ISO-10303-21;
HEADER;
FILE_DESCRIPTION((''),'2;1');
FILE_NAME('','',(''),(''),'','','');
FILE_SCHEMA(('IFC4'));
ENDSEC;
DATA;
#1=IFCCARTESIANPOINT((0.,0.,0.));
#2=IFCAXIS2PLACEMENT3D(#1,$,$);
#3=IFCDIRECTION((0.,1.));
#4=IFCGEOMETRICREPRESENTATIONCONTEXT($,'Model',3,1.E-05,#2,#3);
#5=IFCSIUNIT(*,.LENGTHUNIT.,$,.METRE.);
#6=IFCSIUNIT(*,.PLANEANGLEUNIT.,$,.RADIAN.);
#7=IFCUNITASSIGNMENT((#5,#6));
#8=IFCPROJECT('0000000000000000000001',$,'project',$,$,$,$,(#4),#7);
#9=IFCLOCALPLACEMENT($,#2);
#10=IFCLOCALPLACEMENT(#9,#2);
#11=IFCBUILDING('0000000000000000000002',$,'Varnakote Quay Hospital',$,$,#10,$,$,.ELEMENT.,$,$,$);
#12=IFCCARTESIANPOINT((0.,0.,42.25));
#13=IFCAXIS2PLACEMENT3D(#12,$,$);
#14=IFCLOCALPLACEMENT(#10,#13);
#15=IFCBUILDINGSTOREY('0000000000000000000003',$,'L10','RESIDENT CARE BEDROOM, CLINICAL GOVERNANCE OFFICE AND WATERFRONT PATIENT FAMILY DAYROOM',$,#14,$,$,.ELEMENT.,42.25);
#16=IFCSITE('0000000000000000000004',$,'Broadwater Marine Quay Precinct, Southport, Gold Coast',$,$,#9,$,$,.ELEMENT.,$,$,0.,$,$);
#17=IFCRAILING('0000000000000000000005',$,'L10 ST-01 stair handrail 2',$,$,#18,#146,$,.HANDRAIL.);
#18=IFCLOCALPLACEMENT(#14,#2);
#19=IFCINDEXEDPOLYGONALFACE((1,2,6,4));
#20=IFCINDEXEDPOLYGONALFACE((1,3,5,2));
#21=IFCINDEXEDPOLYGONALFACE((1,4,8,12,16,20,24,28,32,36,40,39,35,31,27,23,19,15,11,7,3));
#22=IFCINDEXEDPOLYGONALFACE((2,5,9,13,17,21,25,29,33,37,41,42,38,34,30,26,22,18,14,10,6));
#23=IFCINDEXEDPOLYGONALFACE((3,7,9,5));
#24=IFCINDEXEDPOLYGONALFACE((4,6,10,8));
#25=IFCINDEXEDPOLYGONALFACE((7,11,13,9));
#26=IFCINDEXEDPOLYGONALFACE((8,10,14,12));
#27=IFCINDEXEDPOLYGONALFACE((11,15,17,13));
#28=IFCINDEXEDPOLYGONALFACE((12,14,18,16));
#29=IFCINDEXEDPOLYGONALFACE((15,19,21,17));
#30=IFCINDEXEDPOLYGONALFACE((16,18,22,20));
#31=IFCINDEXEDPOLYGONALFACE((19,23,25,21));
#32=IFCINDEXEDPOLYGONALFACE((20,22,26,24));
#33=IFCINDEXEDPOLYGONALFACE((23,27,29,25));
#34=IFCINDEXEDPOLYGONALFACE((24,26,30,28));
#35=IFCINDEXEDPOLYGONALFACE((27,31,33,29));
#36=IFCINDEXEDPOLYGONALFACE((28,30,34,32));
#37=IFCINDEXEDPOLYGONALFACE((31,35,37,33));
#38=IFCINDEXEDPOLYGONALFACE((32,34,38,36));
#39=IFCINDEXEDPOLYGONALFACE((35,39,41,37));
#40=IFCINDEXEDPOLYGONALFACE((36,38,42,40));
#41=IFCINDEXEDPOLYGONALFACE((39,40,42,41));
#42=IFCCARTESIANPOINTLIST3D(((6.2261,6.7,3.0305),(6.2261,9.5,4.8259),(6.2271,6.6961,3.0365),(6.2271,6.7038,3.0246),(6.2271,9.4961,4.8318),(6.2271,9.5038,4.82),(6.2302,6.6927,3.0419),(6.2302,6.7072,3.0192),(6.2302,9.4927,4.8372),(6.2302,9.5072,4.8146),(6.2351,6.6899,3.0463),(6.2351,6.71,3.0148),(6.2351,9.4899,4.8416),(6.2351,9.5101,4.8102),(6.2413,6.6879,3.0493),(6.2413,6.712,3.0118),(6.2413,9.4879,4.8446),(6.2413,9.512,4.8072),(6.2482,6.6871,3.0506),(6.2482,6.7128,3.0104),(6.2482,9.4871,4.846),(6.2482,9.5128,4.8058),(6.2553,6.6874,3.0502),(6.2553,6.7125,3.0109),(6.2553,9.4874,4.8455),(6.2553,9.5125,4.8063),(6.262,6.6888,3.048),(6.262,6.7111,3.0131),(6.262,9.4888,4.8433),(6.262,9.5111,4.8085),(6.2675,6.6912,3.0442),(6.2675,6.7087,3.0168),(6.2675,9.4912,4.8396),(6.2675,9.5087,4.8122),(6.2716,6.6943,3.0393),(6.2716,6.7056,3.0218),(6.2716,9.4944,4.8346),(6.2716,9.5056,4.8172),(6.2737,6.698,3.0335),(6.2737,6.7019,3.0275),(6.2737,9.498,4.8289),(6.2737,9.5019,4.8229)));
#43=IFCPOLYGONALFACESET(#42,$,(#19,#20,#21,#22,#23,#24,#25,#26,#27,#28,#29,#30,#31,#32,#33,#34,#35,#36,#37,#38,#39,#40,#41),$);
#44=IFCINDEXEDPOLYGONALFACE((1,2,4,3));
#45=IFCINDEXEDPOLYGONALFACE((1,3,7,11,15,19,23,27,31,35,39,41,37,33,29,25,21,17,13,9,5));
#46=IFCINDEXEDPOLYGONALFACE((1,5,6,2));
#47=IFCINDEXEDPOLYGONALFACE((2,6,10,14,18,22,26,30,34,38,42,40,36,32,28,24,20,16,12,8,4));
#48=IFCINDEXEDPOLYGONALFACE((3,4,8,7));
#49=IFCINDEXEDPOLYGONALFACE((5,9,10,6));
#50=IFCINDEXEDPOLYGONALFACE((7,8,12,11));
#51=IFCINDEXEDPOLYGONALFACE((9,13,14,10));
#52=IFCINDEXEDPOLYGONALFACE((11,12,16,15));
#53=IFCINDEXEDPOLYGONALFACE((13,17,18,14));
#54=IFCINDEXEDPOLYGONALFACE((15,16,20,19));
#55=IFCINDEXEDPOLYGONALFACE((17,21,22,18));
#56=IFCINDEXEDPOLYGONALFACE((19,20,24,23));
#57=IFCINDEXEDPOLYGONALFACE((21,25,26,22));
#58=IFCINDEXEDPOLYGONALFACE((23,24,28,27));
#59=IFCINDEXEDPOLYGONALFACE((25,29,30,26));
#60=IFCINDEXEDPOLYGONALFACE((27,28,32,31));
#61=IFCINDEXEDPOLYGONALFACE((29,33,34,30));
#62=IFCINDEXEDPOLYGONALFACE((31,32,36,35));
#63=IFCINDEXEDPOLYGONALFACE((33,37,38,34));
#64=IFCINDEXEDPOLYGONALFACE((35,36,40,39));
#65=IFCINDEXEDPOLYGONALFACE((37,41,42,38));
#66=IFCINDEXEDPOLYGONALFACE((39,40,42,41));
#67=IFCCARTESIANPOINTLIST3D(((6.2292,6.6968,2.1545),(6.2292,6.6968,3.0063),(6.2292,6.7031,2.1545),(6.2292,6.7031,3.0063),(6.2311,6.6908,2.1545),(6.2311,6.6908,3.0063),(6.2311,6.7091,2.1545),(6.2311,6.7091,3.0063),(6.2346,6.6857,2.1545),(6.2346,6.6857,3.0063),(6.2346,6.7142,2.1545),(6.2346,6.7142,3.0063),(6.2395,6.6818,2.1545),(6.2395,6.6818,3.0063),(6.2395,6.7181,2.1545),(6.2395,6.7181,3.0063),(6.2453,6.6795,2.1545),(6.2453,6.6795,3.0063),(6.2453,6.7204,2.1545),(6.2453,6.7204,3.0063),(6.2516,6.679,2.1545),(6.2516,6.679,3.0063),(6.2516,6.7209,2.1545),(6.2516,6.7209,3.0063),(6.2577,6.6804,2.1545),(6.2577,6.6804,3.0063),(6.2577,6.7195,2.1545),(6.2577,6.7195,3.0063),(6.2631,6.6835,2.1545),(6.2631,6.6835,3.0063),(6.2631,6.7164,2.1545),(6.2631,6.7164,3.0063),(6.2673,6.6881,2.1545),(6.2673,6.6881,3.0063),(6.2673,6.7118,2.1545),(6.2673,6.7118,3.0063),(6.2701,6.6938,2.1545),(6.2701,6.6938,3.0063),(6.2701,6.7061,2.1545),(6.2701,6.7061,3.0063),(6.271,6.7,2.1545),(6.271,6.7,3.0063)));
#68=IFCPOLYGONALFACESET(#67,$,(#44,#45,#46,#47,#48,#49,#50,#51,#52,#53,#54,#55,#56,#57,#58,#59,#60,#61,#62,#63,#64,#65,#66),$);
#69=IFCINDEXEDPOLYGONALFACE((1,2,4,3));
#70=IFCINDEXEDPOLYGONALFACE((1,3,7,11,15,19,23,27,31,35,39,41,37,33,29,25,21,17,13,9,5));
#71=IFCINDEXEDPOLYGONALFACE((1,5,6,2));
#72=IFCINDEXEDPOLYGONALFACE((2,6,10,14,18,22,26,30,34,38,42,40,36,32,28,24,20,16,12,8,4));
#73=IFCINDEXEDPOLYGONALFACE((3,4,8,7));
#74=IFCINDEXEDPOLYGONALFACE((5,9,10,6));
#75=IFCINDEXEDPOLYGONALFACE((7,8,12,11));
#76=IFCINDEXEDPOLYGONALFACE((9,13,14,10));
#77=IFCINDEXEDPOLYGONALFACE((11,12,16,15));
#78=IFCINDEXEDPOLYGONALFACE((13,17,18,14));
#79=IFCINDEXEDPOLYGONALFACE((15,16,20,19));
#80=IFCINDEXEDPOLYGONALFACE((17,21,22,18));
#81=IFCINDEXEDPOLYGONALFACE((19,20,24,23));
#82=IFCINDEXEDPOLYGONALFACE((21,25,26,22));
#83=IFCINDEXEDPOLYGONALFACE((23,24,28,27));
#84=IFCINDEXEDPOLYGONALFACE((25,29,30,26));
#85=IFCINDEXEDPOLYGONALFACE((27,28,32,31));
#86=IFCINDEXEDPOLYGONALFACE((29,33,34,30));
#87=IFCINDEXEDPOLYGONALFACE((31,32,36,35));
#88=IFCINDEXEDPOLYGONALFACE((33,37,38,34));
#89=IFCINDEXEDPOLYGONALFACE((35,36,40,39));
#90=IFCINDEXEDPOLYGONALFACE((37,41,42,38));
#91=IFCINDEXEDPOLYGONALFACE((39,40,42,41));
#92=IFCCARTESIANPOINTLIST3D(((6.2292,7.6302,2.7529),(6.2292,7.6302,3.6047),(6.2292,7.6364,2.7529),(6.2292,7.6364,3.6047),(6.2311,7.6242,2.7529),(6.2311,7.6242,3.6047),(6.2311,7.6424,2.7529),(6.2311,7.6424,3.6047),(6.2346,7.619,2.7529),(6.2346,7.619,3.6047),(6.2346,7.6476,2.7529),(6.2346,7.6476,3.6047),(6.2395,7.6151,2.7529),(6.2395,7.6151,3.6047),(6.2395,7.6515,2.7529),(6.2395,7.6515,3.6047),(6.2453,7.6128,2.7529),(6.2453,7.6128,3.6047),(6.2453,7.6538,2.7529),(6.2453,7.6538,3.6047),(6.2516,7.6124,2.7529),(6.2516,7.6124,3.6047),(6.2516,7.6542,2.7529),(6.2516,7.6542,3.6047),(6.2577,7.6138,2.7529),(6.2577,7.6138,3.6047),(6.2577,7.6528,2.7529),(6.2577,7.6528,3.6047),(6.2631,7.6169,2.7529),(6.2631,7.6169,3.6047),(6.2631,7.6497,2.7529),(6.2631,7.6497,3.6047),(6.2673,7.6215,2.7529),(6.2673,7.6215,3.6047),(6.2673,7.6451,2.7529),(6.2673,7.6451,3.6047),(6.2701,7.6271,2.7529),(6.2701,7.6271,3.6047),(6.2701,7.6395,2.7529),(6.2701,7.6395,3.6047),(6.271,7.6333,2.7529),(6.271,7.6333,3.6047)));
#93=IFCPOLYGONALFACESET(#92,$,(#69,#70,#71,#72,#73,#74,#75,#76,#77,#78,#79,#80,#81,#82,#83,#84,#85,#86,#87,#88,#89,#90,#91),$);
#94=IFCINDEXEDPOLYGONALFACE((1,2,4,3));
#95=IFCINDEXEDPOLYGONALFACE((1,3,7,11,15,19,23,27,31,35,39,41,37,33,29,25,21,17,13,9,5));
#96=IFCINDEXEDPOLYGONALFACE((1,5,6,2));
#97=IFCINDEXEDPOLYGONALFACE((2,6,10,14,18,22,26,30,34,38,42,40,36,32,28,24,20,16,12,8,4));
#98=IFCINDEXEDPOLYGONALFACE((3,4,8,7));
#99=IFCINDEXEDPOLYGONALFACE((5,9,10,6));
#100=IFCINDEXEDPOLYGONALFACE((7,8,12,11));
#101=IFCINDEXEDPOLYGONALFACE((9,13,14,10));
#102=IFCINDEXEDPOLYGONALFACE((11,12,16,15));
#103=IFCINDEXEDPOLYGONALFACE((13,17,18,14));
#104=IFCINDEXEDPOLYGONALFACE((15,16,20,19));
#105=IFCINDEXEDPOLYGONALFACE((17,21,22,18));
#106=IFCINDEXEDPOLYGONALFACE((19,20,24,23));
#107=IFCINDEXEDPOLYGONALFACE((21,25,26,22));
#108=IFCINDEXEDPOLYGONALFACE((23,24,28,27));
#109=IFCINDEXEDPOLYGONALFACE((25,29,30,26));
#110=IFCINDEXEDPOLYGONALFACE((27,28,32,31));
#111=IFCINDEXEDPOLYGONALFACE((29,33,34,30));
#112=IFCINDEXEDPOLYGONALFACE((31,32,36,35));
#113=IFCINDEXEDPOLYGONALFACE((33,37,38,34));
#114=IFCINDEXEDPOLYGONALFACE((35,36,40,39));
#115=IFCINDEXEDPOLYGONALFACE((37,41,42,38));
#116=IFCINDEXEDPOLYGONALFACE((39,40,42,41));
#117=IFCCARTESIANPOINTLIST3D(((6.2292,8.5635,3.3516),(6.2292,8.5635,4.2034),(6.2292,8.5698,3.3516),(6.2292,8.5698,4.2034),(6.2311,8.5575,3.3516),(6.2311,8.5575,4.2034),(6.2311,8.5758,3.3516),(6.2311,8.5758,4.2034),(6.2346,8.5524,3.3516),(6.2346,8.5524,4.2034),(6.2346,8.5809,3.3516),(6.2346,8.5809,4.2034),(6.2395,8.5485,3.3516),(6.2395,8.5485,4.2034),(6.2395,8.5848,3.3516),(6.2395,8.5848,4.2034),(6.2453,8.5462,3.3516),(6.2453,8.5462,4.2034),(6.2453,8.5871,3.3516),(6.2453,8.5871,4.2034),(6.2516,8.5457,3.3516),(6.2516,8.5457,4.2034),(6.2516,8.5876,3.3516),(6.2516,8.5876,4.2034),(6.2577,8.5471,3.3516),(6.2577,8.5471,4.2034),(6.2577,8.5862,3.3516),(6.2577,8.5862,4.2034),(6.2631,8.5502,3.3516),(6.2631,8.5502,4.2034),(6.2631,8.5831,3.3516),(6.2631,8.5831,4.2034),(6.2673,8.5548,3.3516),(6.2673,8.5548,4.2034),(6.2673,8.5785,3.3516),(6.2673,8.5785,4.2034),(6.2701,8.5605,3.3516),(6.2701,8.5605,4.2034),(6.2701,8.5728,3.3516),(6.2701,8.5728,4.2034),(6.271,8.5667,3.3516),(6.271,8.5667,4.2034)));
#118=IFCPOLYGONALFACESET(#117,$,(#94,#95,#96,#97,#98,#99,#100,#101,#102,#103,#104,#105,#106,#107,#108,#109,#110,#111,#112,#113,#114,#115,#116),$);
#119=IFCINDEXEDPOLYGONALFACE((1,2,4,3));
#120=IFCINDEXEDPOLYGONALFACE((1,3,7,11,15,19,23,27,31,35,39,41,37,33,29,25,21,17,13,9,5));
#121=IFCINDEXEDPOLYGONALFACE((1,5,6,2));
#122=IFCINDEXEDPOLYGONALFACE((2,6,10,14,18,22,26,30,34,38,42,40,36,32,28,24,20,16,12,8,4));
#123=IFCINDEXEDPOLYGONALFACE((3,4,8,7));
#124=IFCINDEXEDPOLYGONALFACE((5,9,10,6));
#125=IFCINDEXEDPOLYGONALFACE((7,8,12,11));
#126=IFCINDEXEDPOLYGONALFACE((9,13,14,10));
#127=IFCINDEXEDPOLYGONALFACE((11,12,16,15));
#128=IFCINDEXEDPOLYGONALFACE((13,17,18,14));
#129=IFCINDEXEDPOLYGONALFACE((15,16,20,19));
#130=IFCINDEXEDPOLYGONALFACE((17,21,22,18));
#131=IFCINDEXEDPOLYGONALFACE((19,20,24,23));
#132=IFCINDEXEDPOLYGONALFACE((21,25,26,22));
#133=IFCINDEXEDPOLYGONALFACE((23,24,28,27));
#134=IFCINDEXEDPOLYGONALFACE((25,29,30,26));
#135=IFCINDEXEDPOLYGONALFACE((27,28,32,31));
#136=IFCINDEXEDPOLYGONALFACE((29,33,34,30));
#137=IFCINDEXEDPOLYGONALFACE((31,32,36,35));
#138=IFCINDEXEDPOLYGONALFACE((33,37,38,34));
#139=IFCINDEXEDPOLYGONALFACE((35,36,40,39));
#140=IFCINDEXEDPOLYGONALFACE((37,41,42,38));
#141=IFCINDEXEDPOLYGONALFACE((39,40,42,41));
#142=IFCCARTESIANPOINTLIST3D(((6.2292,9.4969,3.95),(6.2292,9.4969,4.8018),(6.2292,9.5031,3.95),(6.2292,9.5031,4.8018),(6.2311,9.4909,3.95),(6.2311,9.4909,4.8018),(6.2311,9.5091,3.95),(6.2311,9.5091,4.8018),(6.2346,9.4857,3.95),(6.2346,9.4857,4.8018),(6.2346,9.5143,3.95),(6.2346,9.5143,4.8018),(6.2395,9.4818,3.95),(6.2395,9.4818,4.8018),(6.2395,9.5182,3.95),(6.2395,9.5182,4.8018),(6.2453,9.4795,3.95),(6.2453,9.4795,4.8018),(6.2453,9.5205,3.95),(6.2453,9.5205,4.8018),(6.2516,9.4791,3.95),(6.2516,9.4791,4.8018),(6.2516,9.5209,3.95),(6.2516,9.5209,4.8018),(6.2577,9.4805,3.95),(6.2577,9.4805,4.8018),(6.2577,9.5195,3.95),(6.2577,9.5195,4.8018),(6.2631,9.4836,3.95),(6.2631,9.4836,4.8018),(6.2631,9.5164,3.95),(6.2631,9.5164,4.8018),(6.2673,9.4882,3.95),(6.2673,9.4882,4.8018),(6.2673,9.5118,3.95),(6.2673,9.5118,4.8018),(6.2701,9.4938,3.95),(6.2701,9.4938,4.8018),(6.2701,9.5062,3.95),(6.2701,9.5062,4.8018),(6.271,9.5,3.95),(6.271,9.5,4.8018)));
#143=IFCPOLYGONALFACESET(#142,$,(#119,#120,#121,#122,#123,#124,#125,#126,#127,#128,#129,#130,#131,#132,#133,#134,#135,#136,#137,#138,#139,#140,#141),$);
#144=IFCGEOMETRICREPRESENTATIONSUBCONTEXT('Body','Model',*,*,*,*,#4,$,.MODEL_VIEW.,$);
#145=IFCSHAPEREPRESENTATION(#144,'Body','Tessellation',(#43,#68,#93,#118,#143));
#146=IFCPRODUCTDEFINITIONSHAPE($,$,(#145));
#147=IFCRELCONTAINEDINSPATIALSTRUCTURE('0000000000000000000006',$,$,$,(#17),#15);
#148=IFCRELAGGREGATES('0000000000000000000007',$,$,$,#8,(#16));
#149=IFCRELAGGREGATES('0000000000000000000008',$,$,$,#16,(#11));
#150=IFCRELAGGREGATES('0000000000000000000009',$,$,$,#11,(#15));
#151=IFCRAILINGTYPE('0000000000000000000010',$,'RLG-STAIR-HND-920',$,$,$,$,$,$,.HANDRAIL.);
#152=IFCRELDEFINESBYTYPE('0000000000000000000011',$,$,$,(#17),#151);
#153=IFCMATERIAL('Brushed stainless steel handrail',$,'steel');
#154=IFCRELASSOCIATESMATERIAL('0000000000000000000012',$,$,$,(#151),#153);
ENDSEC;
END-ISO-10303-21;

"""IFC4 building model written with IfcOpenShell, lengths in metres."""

from ifc_helpers import new_model, si_unit, direction, frame, origin, origin_2d, place, context, subcontext, project, spatial, circle, extrude, material, type_object, element, save


model = new_model("IFC4")

# Units and contexts
model_context = context("Model", 3, precision=1e-05, world=origin(), true_north=direction((0.0, 1.0)))
body_context = subcontext(model_context, "Body", "Model", "MODEL_VIEW")
ifc_project = project(units=[si_unit("LENGTHUNIT", "METRE"), si_unit("PLANEANGLEUNIT", "RADIAN")], contexts=[model_context])

# Site, building, storey
site_placement = place(None, origin())
site = spatial("IfcSite", under=ifc_project, at=site_placement, Name="Broadwater Marine Quay Precinct, Southport, Gold Coast", CompositionType="ELEMENT", RefElevation=0.0)
building_placement = place(site_placement, origin())
building = spatial("IfcBuilding", under=site, at=building_placement, Name="Varnakote Quay Hospital", CompositionType="ELEMENT")
storey_placement = place(building_placement, frame((0.0, 0.0, 42.25)))
storey = spatial("IfcBuildingStorey", under=building, at=storey_placement, Name="L10", Description="RESIDENT CARE BEDROOM, CLINICAL GOVERNANCE OFFICE AND WATERFRONT PATIENT FAMILY DAYROOM", CompositionType="ELEMENT", Elevation=42.25)

# Railing
ifc_material_1 = material(Name="Brushed stainless steel handrail", Category="steel")
railing_type_1 = type_object("IfcRailingType", Name="RLG-STAIR-HND-920", PredefinedType="HANDRAIL", material=ifc_material_1)
railing_1_placement = place(storey_placement, frame((6.25, 6.7, 2.1545)))
element("IfcRailing", 1, at=railing_1_placement, inside=storey, type_object=railing_type_1, Name="L10 ST-01 stair handrail 2", PredefinedType="HANDRAIL", context=body_context, shape_type="SweptSolid", body=[
    extrude(circle(Radius=0.0239, at=origin_2d()), frame((0.0, 0.0, 0.876), z_axis=(0.0, 0.84181, 0.539774), x_axis=(-1.0, 0.0, 0.0)), (0.0, 0.0, 1.0), 3.3262),
    extrude(circle(Radius=0.021, at=origin_2d()), origin(), (0.0, 0.0, 1.0), 0.8518),
    extrude(circle(Radius=0.021, at=origin_2d()), frame((0.0, 0.9333, 0.5984)), (0.0, 0.0, 1.0), 0.8518),
    extrude(circle(Radius=0.021, at=origin_2d()), frame((0.0, 1.8667, 1.197)), (0.0, 0.0, 1.0), 0.8518),
    extrude(circle(Radius=0.021, at=origin_2d()), frame((0.0, 2.8, 1.7954)), (0.0, 0.0, 1.0), 0.8518),
])

save(model, "model.ifc")
